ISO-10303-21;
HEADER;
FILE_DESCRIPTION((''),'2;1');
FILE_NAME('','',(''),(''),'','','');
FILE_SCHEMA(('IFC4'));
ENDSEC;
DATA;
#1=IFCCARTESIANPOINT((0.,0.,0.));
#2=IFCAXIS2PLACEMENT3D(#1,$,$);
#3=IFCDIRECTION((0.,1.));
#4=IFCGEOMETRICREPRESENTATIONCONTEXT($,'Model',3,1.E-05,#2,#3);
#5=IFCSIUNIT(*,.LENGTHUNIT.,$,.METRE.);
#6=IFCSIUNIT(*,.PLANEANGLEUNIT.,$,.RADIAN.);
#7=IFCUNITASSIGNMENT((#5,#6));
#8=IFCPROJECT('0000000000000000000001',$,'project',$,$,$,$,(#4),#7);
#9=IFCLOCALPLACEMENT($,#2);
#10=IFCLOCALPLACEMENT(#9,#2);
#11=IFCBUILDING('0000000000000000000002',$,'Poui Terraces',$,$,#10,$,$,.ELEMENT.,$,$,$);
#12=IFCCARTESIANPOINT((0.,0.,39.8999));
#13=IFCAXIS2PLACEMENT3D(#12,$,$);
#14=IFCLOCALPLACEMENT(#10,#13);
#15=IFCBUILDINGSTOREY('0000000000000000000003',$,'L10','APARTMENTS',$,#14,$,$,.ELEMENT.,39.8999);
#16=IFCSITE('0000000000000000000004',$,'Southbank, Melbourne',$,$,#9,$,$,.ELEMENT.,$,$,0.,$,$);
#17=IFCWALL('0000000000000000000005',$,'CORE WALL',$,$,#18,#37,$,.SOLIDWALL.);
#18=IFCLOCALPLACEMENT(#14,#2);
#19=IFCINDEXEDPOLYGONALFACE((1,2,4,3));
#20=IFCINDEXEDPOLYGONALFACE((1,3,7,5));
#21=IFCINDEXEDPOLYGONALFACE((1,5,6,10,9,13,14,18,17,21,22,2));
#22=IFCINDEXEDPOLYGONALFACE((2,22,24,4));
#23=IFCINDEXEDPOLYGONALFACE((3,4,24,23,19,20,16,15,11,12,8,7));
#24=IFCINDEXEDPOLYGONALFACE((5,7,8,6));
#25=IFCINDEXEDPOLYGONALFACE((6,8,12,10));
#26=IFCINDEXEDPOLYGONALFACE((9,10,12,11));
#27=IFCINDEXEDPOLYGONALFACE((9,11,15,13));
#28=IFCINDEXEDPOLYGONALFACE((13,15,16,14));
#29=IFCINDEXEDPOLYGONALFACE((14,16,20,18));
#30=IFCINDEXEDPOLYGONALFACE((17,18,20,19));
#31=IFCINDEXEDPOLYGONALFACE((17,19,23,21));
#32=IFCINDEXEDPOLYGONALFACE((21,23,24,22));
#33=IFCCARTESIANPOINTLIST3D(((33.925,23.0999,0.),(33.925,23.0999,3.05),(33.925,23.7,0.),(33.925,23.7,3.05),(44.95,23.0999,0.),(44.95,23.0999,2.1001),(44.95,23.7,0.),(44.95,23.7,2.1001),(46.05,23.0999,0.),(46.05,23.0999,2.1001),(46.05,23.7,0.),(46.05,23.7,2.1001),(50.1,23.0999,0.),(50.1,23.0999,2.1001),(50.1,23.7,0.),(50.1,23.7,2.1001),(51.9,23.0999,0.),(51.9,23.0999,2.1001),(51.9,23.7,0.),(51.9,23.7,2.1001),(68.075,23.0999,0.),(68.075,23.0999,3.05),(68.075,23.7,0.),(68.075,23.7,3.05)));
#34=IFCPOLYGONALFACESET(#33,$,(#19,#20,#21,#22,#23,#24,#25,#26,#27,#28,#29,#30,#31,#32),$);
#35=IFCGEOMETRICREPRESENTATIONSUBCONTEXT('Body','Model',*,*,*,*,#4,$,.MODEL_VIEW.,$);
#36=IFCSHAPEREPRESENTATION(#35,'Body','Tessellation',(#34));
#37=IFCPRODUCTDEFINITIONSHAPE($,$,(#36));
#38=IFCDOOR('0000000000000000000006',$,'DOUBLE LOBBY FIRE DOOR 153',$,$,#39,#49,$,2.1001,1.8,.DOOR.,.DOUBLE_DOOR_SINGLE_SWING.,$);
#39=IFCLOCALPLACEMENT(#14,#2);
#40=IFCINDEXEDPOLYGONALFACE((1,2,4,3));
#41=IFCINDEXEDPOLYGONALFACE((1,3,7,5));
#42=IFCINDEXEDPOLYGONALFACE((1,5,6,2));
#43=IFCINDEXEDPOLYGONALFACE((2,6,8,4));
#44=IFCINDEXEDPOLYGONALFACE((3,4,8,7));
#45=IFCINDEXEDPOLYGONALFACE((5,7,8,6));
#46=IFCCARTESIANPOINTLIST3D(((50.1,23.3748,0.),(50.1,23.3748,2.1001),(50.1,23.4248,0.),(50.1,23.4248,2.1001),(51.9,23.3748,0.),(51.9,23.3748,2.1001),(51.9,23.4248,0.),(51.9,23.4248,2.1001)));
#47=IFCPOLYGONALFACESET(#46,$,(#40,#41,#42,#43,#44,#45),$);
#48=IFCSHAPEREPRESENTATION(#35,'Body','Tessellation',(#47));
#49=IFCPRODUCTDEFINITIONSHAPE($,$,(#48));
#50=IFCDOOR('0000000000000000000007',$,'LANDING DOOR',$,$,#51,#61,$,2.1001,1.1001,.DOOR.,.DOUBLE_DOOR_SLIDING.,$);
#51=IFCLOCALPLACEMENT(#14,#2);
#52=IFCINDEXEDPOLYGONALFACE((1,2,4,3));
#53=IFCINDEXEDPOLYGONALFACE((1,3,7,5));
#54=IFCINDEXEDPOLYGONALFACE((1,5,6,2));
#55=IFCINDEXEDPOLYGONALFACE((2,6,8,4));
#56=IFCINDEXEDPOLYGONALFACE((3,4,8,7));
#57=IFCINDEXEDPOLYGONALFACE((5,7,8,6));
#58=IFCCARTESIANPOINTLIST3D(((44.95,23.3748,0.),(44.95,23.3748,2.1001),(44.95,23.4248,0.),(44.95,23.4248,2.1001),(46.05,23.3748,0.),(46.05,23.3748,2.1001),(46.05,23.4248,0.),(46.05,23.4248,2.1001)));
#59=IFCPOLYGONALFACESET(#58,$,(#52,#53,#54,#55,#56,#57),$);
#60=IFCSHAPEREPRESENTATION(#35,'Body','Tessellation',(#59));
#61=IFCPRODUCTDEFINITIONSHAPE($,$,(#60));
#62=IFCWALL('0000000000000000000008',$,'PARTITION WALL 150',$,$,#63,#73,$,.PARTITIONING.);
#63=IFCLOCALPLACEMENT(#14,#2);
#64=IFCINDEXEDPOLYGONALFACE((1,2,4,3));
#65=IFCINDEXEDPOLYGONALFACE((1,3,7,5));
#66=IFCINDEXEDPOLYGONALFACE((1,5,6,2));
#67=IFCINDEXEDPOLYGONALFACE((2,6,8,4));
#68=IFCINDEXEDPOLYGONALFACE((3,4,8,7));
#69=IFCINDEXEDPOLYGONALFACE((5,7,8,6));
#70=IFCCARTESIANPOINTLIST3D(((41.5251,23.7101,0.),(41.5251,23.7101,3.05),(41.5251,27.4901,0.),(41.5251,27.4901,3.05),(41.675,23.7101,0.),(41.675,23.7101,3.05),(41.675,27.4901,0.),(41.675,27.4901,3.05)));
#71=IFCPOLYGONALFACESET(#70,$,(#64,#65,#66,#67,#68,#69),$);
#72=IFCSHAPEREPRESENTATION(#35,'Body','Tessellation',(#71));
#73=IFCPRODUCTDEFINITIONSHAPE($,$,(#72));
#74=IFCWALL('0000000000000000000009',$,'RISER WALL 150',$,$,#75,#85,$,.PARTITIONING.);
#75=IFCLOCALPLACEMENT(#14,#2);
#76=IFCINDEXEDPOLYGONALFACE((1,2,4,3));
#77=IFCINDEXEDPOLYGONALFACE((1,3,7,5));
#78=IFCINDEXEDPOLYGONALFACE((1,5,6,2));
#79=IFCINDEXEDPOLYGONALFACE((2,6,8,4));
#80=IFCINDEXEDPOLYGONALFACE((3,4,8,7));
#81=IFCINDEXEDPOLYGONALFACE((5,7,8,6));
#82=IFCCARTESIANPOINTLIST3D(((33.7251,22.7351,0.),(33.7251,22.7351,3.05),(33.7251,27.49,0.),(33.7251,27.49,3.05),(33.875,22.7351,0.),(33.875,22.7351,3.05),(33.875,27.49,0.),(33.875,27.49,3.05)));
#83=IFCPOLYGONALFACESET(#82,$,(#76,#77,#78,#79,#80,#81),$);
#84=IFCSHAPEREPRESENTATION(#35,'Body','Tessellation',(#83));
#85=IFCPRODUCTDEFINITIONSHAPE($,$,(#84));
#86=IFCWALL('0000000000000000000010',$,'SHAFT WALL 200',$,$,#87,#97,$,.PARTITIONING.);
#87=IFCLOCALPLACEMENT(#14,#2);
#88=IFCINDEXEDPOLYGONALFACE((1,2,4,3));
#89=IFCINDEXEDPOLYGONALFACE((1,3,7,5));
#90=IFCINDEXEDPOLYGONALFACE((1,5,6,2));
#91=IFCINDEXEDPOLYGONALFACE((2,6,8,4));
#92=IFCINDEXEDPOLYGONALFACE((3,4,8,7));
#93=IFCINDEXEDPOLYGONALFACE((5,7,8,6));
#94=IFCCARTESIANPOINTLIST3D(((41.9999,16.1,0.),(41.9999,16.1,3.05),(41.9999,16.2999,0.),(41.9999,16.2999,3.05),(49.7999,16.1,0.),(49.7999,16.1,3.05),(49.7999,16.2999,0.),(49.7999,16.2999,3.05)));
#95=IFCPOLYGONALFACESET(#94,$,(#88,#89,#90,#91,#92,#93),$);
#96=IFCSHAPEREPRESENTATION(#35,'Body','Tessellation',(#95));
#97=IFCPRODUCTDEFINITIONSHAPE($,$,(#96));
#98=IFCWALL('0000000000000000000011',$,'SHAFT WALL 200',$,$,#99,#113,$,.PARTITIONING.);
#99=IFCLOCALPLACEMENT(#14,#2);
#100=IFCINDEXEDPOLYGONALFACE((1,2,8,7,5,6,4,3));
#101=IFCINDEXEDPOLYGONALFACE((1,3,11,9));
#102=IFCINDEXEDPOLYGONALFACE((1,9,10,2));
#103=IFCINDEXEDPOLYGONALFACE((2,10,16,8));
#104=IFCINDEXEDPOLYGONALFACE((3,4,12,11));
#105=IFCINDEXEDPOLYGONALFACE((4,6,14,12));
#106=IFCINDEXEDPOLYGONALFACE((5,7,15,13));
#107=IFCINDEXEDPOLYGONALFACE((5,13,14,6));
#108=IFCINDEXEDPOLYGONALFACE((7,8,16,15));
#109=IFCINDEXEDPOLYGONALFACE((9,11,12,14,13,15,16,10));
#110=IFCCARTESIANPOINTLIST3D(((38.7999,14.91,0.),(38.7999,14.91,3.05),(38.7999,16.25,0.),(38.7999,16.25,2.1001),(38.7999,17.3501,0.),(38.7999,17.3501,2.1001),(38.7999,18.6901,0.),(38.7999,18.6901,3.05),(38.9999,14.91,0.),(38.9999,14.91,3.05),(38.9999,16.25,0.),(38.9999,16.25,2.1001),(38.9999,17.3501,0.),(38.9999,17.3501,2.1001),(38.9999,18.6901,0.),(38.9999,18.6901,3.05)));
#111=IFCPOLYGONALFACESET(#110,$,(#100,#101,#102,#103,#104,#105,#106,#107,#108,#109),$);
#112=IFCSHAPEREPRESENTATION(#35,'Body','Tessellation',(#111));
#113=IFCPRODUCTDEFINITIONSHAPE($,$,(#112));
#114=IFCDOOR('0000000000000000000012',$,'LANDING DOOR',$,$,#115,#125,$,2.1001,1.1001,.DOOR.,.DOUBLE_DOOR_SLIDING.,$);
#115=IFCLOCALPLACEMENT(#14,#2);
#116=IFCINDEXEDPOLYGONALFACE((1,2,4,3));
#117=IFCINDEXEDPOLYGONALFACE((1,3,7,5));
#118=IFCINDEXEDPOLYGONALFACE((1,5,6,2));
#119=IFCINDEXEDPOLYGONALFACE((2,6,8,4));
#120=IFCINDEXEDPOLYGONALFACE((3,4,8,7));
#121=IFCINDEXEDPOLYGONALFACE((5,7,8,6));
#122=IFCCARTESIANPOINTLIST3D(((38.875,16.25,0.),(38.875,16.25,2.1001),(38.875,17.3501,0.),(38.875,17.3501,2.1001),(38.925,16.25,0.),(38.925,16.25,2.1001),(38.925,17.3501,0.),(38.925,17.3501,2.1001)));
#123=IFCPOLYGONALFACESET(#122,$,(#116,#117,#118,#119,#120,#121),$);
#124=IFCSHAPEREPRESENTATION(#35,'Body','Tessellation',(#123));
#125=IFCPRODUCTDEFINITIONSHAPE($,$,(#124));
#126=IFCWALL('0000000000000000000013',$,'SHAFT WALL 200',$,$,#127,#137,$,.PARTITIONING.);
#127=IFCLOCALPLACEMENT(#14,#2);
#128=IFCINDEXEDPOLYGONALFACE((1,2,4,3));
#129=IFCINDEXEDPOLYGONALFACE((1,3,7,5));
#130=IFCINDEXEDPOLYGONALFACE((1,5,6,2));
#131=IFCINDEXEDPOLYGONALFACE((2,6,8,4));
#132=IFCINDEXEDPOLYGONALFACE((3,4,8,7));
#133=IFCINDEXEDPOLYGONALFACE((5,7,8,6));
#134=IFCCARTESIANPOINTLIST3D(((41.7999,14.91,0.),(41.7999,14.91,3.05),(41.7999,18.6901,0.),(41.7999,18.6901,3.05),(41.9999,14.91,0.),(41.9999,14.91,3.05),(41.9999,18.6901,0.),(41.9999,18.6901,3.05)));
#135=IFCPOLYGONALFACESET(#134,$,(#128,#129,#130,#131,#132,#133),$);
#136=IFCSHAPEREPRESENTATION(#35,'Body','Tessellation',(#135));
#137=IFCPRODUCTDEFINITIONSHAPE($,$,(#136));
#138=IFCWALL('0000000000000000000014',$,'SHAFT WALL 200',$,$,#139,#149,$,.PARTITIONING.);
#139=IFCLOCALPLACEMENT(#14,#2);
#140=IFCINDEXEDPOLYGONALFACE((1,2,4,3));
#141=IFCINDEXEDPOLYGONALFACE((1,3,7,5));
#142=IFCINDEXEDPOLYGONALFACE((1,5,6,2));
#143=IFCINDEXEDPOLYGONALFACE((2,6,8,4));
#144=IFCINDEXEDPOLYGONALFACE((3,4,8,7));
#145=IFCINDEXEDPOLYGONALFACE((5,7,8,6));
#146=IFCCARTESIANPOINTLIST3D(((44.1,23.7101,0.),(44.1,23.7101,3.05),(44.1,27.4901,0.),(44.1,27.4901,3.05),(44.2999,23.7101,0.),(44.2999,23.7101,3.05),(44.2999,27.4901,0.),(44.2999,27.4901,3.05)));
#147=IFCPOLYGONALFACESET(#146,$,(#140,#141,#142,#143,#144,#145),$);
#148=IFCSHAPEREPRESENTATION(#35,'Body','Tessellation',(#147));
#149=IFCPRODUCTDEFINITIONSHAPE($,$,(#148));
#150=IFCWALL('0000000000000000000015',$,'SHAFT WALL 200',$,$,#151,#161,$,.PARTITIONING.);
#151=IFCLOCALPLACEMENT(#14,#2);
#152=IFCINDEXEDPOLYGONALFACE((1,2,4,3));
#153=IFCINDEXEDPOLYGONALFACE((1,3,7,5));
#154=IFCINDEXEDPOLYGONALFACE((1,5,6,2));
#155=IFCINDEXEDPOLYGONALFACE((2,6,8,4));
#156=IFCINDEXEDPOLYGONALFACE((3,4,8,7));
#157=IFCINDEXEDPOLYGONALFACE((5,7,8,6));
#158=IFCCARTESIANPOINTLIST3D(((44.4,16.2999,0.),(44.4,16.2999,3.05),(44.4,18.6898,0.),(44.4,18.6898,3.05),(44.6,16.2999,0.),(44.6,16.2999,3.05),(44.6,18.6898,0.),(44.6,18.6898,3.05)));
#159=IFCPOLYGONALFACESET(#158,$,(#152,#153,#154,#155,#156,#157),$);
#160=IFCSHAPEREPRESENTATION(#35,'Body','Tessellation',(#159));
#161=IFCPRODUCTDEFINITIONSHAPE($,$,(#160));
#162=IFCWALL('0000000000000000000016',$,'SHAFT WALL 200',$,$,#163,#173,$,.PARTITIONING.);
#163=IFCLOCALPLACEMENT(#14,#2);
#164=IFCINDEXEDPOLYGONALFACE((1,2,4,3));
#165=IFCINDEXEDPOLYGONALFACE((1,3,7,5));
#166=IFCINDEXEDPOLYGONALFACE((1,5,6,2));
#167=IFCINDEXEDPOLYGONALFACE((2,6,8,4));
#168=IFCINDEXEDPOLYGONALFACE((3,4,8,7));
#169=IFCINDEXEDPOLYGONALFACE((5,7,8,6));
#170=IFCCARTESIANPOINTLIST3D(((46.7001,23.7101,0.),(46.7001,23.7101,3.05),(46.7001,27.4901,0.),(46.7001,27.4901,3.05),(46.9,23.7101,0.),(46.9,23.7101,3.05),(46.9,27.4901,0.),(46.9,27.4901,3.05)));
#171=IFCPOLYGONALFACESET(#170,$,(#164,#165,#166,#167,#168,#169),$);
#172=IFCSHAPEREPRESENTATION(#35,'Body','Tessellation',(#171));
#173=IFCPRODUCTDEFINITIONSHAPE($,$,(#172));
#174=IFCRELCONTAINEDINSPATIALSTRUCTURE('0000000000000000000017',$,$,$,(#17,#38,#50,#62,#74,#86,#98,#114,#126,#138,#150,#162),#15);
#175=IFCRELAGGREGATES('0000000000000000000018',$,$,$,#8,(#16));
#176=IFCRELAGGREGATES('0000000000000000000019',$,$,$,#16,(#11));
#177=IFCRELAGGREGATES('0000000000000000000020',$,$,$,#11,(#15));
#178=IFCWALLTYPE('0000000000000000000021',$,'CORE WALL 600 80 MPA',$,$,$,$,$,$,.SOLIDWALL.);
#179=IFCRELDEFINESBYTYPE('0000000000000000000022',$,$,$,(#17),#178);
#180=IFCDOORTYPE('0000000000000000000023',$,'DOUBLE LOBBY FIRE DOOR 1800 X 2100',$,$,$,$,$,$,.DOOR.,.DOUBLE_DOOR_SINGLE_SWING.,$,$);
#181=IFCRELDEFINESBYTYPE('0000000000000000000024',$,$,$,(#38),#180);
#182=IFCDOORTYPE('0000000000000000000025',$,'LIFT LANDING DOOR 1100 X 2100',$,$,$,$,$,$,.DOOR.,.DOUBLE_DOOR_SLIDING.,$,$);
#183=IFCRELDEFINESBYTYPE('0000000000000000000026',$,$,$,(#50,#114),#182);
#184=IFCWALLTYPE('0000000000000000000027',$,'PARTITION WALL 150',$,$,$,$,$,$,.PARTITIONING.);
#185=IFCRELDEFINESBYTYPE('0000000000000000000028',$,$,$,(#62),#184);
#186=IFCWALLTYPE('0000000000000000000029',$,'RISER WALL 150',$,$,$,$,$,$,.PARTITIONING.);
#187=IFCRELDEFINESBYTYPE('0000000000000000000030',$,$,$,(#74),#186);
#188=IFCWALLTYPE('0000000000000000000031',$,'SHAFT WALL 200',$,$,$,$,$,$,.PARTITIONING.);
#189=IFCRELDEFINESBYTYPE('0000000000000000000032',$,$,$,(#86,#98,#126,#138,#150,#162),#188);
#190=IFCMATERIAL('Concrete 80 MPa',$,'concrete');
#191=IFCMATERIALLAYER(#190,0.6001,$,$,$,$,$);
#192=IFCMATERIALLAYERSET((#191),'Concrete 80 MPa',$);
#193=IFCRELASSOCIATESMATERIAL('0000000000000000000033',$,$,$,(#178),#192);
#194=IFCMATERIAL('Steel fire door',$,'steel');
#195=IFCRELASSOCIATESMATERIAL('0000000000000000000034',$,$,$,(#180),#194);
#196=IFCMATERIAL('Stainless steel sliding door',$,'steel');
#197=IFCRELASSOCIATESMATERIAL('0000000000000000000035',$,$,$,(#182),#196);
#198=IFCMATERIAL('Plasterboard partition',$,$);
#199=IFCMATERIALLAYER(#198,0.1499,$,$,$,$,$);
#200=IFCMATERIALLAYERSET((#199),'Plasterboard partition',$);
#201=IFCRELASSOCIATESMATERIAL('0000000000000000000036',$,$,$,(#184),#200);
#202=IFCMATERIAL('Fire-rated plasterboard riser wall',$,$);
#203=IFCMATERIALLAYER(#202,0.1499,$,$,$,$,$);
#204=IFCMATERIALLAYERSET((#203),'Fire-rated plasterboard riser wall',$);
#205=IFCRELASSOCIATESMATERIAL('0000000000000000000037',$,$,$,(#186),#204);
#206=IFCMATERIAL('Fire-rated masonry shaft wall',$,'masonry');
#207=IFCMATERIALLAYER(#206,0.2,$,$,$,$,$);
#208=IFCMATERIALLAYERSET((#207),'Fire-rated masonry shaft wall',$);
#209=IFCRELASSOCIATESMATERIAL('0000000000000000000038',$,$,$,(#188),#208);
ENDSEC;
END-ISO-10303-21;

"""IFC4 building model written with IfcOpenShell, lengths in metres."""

from ifc_helpers import new_model, si_unit, direction, frame, frame_2d, origin, place, context, subcontext, project, spatial, rectangle, extrude, material, layer, layer_set, type_object, element, fill, save


model = new_model("IFC4")

# Units and contexts
model_context = context("Model", 3, precision=1e-05, world=origin(), true_north=direction((0.0, 1.0)))
body_context = subcontext(model_context, "Body", "Model", "MODEL_VIEW")
ifc_project = project(units=[si_unit("LENGTHUNIT", "METRE"), si_unit("PLANEANGLEUNIT", "RADIAN")], contexts=[model_context])

# Site, building, storey
site_placement = place(None, origin())
site = spatial("IfcSite", under=ifc_project, at=site_placement, Name="Southbank, Melbourne", CompositionType="ELEMENT", RefElevation=0.0)
building_placement = place(site_placement, origin())
building = spatial("IfcBuilding", under=site, at=building_placement, Name="Poui Terraces", CompositionType="ELEMENT")
storey_placement = place(building_placement, frame((0.0, 0.0, 39.8999)))
storey = spatial("IfcBuildingStorey", under=building, at=storey_placement, Name="L10", Description="APARTMENTS", CompositionType="ELEMENT", Elevation=39.8999)

# Wall, openings, doors
ifc_material_1 = material(Name="Concrete 80 MPa", Category="concrete")
ifc_layer_1 = layer(ifc_material_1, 0.6001)
ifc_layer_set_1 = layer_set([ifc_layer_1], Name="Concrete 80 MPa")
wall_type_1 = type_object("IfcWallType", Name="CORE WALL 600 80 MPA", PredefinedType="SOLIDWALL", material=ifc_layer_set_1)
ifc_material_2 = material(Name="Steel fire door", Category="steel")
door_type_1 = type_object("IfcDoorType", Name="DOUBLE LOBBY FIRE DOOR 1800 X 2100", OperationType="DOUBLE_DOOR_SINGLE_SWING", PredefinedType="DOOR", material=ifc_material_2)
ifc_material_3 = material(Name="Stainless steel sliding door", Category="steel")
door_type_2 = type_object("IfcDoorType", Name="LIFT LANDING DOOR 1100 X 2100", OperationType="DOUBLE_DOOR_SLIDING", PredefinedType="DOOR", material=ifc_material_3)
wall_1_placement = place(storey_placement, frame((33.925, 23.3999, 0.0), z_axis=(0.0, 0.0, 1.0), x_axis=(1.0, 0.0, 0.0)))
wall_1 = element("IfcWall", 1, at=wall_1_placement, inside=storey, type_object=wall_type_1, Name="CORE WALL", PredefinedType="SOLIDWALL", context=body_context, shape_type="SweptSolid", body=[
    extrude(rectangle(XDim=34.1499, YDim=0.6001, at=frame_2d((17.075, 0.0))), origin(), (0.0, 0.0, 1.0), 3.05),
])
opening_1_placement = place(wall_1_placement, frame((16.175, 0.0, 0.0)))
opening_1 = element("IfcOpeningElement", 2, at=opening_1_placement, cuts=wall_1, PredefinedType="OPENING", context=body_context, shape_type="SweptSolid", body=[
    extrude(rectangle(XDim=1.8, YDim=2.1001, at=frame_2d((0.8999, 1.05))), frame((0.0, 0.3101, 0.0), z_axis=(0.0, -1.0, 0.0), x_axis=(1.0, 0.0, 0.0)), (0.0, 0.0, 1.0), 0.6201),
])
opening_2_placement = place(wall_1_placement, frame((11.0249, 0.0, 0.0)))
opening_2 = element("IfcOpeningElement", 3, at=opening_2_placement, cuts=wall_1, PredefinedType="OPENING", context=body_context, shape_type="SweptSolid", body=[
    extrude(rectangle(XDim=1.1001, YDim=2.1001, at=frame_2d((0.55, 1.05))), frame((0.0, 0.3101, 0.0), z_axis=(0.0, -1.0, 0.0), x_axis=(1.0, 0.0, 0.0)), (0.0, 0.0, 1.0), 0.6201),
])
door_1_placement = place(opening_1_placement, origin())
door_1 = element("IfcDoor", 4, at=door_1_placement, inside=storey, type_object=door_type_1, Name="DOUBLE LOBBY FIRE DOOR 153", OperationType="DOUBLE_DOOR_SINGLE_SWING", OverallHeight=2.1001, OverallWidth=1.8, PredefinedType="DOOR", context=body_context, shape_type="SweptSolid", body=[
    extrude(rectangle(XDim=1.8, YDim=2.1001, at=frame_2d((0.8999, 1.05))), frame((0.0, 0.0249, 0.0), z_axis=(0.0, -1.0, 0.0), x_axis=(1.0, 0.0, 0.0)), (0.0, 0.0, 1.0), 0.05),
])
fill(opening_1, door_1)
door_2_placement = place(opening_2_placement, origin())
door_2 = element("IfcDoor", 5, at=door_2_placement, inside=storey, type_object=door_type_2, Name="LANDING DOOR", OperationType="DOUBLE_DOOR_SLIDING", OverallHeight=2.1001, OverallWidth=1.1001, PredefinedType="DOOR", context=body_context, shape_type="SweptSolid", body=[
    extrude(rectangle(XDim=1.1001, YDim=2.1001, at=frame_2d((0.55, 1.05))), frame((0.0, 0.0249, 0.0), z_axis=(0.0, -1.0, 0.0), x_axis=(1.0, 0.0, 0.0)), (0.0, 0.0, 1.0), 0.05),
])
fill(opening_2, door_2)

# Walls
ifc_material_4 = material(Name="Plasterboard partition")
ifc_layer_2 = layer(ifc_material_4, 0.1499)
ifc_layer_set_2 = layer_set([ifc_layer_2], Name="Plasterboard partition")
wall_type_2 = type_object("IfcWallType", Name="PARTITION WALL 150", PredefinedType="PARTITIONING", material=ifc_layer_set_2)
wall_2_placement = place(storey_placement, frame((41.6001, 23.71, 0.0), z_axis=(0.0, 0.0, 1.0), x_axis=(0.0, 1.0, 0.0)))
element("IfcWall", 6, at=wall_2_placement, inside=storey, type_object=wall_type_2, Name="PARTITION WALL 150", PredefinedType="PARTITIONING", context=body_context, shape_type="SweptSolid", body=[
    extrude(rectangle(XDim=3.78, YDim=0.1499, at=frame_2d((1.8901, 0.0))), origin(), (0.0, 0.0, 1.0), 3.05),
])
ifc_material_5 = material(Name="Fire-rated plasterboard riser wall")
ifc_layer_3 = layer(ifc_material_5, 0.1499)
ifc_layer_set_3 = layer_set([ifc_layer_3], Name="Fire-rated plasterboard riser wall")
wall_type_3 = type_object("IfcWallType", Name="RISER WALL 150", PredefinedType="PARTITIONING", material=ifc_layer_set_3)
wall_3_placement = place(storey_placement, frame((33.8, 22.7351, 0.0), z_axis=(0.0, 0.0, 1.0), x_axis=(0.0, 1.0, 0.0)))
element("IfcWall", 7, at=wall_3_placement, inside=storey, type_object=wall_type_3, Name="RISER WALL 150", PredefinedType="PARTITIONING", context=body_context, shape_type="SweptSolid", body=[
    extrude(rectangle(XDim=4.7549, YDim=0.1499, at=frame_2d((2.3774, 0.0))), origin(), (0.0, 0.0, 1.0), 3.05),
])
ifc_material_6 = material(Name="Fire-rated masonry shaft wall", Category="masonry")
ifc_layer_4 = layer(ifc_material_6, 0.2)
ifc_layer_set_4 = layer_set([ifc_layer_4], Name="Fire-rated masonry shaft wall")
wall_type_4 = type_object("IfcWallType", Name="SHAFT WALL 200", PredefinedType="PARTITIONING", material=ifc_layer_set_4)
wall_4_placement = place(storey_placement, frame((42.0, 16.2, 0.0), z_axis=(0.0, 0.0, 1.0), x_axis=(1.0, 0.0, 0.0)))
element("IfcWall", 8, at=wall_4_placement, inside=storey, type_object=wall_type_4, Name="SHAFT WALL 200", PredefinedType="PARTITIONING", context=body_context, shape_type="SweptSolid", body=[
    extrude(rectangle(XDim=7.8, YDim=0.2, at=frame_2d((3.8999, 0.0))), origin(), (0.0, 0.0, 1.0), 3.05),
])

# Wall, opening, door
wall_5_placement = place(storey_placement, frame((38.8999, 14.9099, 0.0), z_axis=(0.0, 0.0, 1.0), x_axis=(0.0, 1.0, 0.0)))
wall_5 = element("IfcWall", 9, at=wall_5_placement, inside=storey, type_object=wall_type_4, Name="SHAFT WALL 200", PredefinedType="PARTITIONING", context=body_context, shape_type="SweptSolid", body=[
    extrude(rectangle(XDim=3.78, YDim=0.2, at=frame_2d((1.8901, 0.0))), origin(), (0.0, 0.0, 1.0), 3.05),
])
opening_3_placement = place(wall_5_placement, frame((1.3401, 0.0, 0.0)))
opening_3 = element("IfcOpeningElement", 10, at=opening_3_placement, cuts=wall_5, PredefinedType="OPENING", context=body_context, shape_type="SweptSolid", body=[
    extrude(rectangle(XDim=1.1001, YDim=2.1001, at=frame_2d((0.55, 1.05))), frame((0.0, 0.1099, 0.0), z_axis=(0.0, -1.0, 0.0), x_axis=(1.0, 0.0, 0.0)), (0.0, 0.0, 1.0), 0.22),
])
door_3_placement = place(opening_3_placement, origin())
door_3 = element("IfcDoor", 11, at=door_3_placement, inside=storey, type_object=door_type_2, Name="LANDING DOOR", OperationType="DOUBLE_DOOR_SLIDING", OverallHeight=2.1001, OverallWidth=1.1001, PredefinedType="DOOR", context=body_context, shape_type="SweptSolid", body=[
    extrude(rectangle(XDim=1.1001, YDim=2.1001, at=frame_2d((0.55, 1.05))), frame((0.0, 0.0249, 0.0), z_axis=(0.0, -1.0, 0.0), x_axis=(1.0, 0.0, 0.0)), (0.0, 0.0, 1.0), 0.05),
])
fill(opening_3, door_3)

# Walls
for number, where, z_axis, x_axis, name in (
    (12, (41.8999, 14.9099, 0.0), (0.0, 0.0, 1.0), (0.0, 1.0, 0.0), "SHAFT WALL 200"),
    (13, (44.2, 23.71, 0.0), (0.0, 0.0, 1.0), (0.0, 1.0, 0.0), "SHAFT WALL 200"),
):
    element("IfcWall", number, at=place(storey_placement, frame(where, z_axis=z_axis, x_axis=x_axis)), inside=storey, type_object=wall_type_4, Name=name, PredefinedType="PARTITIONING", context=body_context, shape_type="SweptSolid", body=[
        extrude(rectangle(XDim=3.78, YDim=0.2, at=frame_2d((1.8901, 0.0))), origin(), (0.0, 0.0, 1.0), 3.05),
    ])
wall_6_placement = place(storey_placement, frame((44.5, 16.3, 0.0), z_axis=(0.0, 0.0, 1.0), x_axis=(0.0, 1.0, 0.0)))
element("IfcWall", 14, at=wall_6_placement, inside=storey, type_object=wall_type_4, Name="SHAFT WALL 200", PredefinedType="PARTITIONING", context=body_context, shape_type="SweptSolid", body=[
    extrude(rectangle(XDim=2.3899, YDim=0.2, at=frame_2d((1.1948, 0.0))), origin(), (0.0, 0.0, 1.0), 3.05),
])
wall_7_placement = place(storey_placement, frame((46.8, 23.71, 0.0), z_axis=(0.0, 0.0, 1.0), x_axis=(0.0, 1.0, 0.0)))
element("IfcWall", 15, at=wall_7_placement, inside=storey, type_object=wall_type_4, Name="SHAFT WALL 200", PredefinedType="PARTITIONING", context=body_context, shape_type="SweptSolid", body=[
    extrude(rectangle(XDim=3.78, YDim=0.2, at=frame_2d((1.8901, 0.0))), origin(), (0.0, 0.0, 1.0), 3.05),
])

save(model, "model.ifc")
